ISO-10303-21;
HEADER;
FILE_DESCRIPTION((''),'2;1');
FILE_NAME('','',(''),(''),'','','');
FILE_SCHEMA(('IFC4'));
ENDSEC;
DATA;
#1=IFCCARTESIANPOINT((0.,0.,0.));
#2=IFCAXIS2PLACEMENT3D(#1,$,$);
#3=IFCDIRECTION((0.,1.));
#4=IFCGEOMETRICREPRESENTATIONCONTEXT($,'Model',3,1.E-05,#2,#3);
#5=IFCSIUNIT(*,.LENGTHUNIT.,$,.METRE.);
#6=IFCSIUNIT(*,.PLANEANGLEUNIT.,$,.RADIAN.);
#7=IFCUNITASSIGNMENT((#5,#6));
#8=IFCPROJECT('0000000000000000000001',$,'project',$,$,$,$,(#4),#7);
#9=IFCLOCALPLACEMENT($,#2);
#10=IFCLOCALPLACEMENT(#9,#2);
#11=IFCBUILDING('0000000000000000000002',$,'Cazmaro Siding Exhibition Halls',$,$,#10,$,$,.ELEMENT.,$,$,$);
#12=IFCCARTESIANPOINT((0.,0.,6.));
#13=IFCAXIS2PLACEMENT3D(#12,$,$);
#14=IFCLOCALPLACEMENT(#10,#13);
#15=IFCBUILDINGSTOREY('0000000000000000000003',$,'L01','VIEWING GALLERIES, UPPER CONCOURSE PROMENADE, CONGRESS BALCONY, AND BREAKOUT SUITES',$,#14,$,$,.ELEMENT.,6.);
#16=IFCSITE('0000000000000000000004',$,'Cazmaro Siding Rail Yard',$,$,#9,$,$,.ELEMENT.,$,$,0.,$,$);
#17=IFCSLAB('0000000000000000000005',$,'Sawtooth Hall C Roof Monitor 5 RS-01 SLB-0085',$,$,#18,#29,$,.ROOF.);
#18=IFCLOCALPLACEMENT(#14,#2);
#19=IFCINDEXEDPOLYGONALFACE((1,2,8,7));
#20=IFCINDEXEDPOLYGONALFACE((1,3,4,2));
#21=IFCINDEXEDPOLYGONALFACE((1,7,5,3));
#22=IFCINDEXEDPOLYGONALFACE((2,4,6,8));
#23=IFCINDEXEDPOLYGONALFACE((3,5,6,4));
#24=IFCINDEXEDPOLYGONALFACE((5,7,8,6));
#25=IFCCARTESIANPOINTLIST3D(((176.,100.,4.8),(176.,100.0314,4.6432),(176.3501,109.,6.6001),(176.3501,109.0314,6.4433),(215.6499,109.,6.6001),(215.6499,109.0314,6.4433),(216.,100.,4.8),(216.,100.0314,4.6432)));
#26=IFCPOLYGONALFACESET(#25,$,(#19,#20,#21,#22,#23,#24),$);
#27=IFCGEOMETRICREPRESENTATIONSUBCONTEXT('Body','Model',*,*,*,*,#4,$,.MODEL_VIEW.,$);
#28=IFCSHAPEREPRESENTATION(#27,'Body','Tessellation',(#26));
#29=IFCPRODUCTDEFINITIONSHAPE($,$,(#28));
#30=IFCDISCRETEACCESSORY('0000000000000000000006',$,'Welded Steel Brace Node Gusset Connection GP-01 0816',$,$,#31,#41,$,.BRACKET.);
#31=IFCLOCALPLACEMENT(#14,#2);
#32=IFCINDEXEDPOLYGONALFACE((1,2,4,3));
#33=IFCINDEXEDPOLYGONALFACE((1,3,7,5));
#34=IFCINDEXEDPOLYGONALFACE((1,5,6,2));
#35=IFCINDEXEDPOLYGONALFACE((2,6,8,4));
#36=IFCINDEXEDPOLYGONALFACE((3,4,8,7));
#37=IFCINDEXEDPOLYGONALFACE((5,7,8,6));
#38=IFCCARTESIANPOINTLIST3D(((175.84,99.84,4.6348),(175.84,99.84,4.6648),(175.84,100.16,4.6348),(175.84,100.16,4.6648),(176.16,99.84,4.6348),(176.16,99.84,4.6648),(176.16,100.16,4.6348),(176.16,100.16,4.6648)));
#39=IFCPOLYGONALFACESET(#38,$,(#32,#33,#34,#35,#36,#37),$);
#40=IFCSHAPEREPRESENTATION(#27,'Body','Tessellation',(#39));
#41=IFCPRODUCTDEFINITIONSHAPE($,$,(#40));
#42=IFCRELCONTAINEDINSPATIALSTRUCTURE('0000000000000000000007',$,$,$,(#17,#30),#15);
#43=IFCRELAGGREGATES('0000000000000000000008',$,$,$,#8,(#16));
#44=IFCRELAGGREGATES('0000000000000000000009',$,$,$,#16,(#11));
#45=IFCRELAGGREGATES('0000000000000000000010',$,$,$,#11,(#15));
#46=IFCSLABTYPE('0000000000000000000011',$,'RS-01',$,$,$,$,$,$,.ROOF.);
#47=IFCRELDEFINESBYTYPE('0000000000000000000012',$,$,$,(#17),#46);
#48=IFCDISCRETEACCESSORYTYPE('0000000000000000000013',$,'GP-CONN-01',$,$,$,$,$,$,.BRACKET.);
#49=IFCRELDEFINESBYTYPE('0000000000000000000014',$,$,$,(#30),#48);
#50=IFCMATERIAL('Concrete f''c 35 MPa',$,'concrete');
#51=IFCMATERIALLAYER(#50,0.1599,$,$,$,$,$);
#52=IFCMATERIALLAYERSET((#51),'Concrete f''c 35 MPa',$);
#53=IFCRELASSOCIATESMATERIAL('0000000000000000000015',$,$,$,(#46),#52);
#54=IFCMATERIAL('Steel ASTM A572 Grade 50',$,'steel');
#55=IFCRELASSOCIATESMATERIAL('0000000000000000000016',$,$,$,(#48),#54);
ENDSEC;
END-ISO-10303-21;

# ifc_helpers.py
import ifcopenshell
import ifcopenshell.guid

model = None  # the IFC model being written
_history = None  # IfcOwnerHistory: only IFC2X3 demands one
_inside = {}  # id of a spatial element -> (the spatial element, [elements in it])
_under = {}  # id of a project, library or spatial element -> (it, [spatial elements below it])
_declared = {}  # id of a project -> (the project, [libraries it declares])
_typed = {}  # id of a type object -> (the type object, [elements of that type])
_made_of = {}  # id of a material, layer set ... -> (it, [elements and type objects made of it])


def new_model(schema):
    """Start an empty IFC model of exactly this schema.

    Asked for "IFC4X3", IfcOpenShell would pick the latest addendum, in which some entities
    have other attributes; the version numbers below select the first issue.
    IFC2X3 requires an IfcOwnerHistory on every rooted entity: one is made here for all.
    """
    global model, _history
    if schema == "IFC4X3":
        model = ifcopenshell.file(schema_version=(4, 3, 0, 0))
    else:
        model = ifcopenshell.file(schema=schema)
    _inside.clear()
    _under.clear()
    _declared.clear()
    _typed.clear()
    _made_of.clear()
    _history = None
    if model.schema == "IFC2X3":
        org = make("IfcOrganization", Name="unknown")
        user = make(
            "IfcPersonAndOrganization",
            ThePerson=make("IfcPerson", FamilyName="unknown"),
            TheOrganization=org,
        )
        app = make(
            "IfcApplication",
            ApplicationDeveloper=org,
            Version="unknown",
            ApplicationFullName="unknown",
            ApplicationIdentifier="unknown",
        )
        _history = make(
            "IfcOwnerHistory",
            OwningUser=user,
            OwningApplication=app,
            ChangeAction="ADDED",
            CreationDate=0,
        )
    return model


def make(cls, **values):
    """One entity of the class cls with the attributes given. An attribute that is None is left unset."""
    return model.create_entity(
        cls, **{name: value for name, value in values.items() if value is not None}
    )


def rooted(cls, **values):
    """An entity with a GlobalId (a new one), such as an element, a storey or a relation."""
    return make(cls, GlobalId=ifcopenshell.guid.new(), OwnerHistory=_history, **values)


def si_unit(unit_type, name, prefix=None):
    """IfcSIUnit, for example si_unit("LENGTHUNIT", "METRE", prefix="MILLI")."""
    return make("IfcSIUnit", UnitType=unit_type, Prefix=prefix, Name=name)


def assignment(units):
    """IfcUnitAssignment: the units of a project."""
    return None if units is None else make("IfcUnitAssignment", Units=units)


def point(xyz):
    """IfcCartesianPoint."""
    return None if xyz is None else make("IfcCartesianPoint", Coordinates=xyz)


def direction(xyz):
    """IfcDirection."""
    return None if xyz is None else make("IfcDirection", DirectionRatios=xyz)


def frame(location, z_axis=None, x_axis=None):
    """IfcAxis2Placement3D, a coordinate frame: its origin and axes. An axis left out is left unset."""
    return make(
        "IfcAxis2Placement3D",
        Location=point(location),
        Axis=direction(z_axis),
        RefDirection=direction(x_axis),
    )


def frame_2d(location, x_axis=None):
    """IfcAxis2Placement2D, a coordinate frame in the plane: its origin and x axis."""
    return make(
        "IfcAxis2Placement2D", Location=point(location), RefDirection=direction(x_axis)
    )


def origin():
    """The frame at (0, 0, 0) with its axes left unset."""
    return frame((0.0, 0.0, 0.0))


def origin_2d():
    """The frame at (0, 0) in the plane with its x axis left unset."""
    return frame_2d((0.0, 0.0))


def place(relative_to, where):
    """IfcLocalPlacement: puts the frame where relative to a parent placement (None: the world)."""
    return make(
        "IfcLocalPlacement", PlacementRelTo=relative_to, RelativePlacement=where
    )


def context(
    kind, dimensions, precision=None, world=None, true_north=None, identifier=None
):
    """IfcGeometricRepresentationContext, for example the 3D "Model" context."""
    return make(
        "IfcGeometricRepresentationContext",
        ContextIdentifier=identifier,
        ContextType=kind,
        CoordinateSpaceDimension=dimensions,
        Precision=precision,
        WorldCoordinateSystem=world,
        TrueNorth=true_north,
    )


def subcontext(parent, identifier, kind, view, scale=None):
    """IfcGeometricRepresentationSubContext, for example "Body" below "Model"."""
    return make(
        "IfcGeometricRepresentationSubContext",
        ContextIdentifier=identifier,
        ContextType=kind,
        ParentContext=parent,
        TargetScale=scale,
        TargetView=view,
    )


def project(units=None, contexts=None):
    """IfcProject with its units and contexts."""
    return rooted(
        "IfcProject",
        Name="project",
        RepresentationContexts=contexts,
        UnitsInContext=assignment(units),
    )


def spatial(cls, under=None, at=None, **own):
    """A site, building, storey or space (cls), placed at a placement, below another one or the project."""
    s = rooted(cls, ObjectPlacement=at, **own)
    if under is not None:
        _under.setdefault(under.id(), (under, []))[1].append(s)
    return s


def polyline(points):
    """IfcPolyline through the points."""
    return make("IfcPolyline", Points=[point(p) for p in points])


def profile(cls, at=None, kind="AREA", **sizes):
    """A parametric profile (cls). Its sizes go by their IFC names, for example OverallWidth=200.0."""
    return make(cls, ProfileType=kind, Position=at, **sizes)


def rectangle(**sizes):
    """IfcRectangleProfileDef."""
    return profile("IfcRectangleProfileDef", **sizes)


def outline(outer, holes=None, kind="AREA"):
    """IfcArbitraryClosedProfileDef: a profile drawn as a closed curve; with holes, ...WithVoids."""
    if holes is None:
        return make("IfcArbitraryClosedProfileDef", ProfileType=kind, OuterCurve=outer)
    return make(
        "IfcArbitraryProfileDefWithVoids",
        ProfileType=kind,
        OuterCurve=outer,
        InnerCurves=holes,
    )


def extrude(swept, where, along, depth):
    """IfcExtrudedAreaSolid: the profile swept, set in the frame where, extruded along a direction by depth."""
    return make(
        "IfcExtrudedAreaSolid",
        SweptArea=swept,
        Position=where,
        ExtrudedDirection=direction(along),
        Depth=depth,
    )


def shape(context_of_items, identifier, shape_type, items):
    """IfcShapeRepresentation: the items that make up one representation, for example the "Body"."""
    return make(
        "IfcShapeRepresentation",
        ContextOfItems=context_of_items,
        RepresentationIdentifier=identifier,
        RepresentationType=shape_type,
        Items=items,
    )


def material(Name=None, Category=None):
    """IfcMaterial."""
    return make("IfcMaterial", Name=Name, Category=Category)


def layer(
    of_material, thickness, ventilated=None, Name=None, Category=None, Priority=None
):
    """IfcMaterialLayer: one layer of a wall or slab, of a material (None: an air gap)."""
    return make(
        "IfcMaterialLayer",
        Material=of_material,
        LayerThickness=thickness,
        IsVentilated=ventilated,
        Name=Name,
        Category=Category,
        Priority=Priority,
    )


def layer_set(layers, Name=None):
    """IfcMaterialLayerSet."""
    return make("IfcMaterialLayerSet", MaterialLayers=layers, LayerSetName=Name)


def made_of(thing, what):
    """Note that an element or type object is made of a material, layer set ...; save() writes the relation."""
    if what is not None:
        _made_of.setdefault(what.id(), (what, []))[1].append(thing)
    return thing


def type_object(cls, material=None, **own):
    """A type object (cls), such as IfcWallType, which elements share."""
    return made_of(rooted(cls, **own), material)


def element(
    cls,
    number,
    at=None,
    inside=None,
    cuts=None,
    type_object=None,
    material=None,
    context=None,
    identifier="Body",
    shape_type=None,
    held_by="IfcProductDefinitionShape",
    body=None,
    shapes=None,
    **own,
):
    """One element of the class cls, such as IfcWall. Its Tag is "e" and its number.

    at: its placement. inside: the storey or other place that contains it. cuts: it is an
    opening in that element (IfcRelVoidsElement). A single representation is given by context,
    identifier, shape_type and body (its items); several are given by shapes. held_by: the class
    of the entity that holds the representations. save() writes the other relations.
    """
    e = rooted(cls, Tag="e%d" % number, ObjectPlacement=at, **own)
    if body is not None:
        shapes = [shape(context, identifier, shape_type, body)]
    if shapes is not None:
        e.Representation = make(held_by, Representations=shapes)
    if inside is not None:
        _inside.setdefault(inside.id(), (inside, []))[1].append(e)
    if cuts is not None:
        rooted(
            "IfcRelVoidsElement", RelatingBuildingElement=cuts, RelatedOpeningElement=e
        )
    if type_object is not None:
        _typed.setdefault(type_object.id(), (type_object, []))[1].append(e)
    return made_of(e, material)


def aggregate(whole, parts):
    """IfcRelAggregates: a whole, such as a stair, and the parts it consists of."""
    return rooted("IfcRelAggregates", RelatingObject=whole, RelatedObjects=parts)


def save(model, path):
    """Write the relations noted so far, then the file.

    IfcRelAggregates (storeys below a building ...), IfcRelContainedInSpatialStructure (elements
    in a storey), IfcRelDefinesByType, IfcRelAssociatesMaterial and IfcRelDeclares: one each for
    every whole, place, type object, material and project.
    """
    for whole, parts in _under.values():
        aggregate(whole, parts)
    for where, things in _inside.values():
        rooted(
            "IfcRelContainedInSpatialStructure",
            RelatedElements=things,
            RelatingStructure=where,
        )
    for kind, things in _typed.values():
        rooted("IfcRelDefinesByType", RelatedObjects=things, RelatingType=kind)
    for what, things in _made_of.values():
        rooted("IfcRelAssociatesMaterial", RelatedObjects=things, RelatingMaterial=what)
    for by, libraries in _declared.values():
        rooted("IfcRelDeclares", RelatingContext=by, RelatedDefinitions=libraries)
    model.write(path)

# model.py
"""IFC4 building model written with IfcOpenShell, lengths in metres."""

from ifc_helpers import new_model, si_unit, direction, frame, origin, origin_2d, place, context, subcontext, project, spatial, polyline, rectangle, outline, extrude, material, layer, layer_set, type_object, element, save


model = new_model("IFC4")

# Units and contexts
model_context = context("Model", 3, precision=1e-05, world=origin(), true_north=direction((0.0, 1.0)))
body_context = subcontext(model_context, "Body", "Model", "MODEL_VIEW")
ifc_project = project(units=[si_unit("LENGTHUNIT", "METRE"), si_unit("PLANEANGLEUNIT", "RADIAN")], contexts=[model_context])

# Site, building, storey
site_placement = place(None, origin())
site = spatial("IfcSite", under=ifc_project, at=site_placement, Name="Cazmaro Siding Rail Yard", CompositionType="ELEMENT", RefElevation=0.0)
building_placement = place(site_placement, origin())
building = spatial("IfcBuilding", under=site, at=building_placement, Name="Cazmaro Siding Exhibition Halls", CompositionType="ELEMENT")
storey_placement = place(building_placement, frame((0.0, 0.0, 6.0)))
storey = spatial("IfcBuildingStorey", under=building, at=storey_placement, Name="L01", Description="VIEWING GALLERIES, UPPER CONCOURSE PROMENADE, CONGRESS BALCONY, AND BREAKOUT SUITES", CompositionType="ELEMENT", Elevation=6.0)

# Slab
ifc_material_1 = material(Name="Concrete f'c 35 MPa", Category="concrete")
ifc_layer_1 = layer(ifc_material_1, 0.1599)
ifc_layer_set_1 = layer_set([ifc_layer_1], Name="Concrete f'c 35 MPa")
slab_type = type_object("IfcSlabType", Name="RS-01", PredefinedType="ROOF", material=ifc_layer_set_1)
slab_placement = place(storey_placement, frame((176.0, 100.0, 4.8), z_axis=(0.0, -0.196121, 0.98058), x_axis=(1.0, 0.0, 0.0)))
element("IfcSlab", 1, at=slab_placement, inside=storey, type_object=slab_type, Name="Sawtooth Hall C Roof Monitor 5 RS-01 SLB-0085", PredefinedType="ROOF", context=body_context, shape_type="SweptSolid", body=[
    extrude(outline(polyline([(0.0, 0.0), (40.0, 0.0), (39.6499, 9.1782), (0.3501, 9.1782), (0.0, 0.0)])), origin(), (0.0, 0.0, -1.0), 0.1599),
])

# Discrete accessory
ifc_material_2 = material(Name="Steel ASTM A572 Grade 50", Category="steel")
discrete_accessory_type = type_object("IfcDiscreteAccessoryType", Name="GP-CONN-01", PredefinedType="BRACKET", material=ifc_material_2)
discrete_accessory_placement = place(storey_placement, frame((176.0, 100.0, 4.6348), z_axis=(0.0, 0.0, 1.0), x_axis=(1.0, 0.0, 0.0)))
element("IfcDiscreteAccessory", 2, at=discrete_accessory_placement, inside=storey, type_object=discrete_accessory_type, Name="Welded Steel Brace Node Gusset Connection GP-01 0816", PredefinedType="BRACKET", context=body_context, shape_type="SweptSolid", body=[
    extrude(rectangle(XDim=0.3201, YDim=0.3201, at=origin_2d()), origin(), (0.0, 0.0, 1.0), 0.03),
])

save(model, "model.ifc")
